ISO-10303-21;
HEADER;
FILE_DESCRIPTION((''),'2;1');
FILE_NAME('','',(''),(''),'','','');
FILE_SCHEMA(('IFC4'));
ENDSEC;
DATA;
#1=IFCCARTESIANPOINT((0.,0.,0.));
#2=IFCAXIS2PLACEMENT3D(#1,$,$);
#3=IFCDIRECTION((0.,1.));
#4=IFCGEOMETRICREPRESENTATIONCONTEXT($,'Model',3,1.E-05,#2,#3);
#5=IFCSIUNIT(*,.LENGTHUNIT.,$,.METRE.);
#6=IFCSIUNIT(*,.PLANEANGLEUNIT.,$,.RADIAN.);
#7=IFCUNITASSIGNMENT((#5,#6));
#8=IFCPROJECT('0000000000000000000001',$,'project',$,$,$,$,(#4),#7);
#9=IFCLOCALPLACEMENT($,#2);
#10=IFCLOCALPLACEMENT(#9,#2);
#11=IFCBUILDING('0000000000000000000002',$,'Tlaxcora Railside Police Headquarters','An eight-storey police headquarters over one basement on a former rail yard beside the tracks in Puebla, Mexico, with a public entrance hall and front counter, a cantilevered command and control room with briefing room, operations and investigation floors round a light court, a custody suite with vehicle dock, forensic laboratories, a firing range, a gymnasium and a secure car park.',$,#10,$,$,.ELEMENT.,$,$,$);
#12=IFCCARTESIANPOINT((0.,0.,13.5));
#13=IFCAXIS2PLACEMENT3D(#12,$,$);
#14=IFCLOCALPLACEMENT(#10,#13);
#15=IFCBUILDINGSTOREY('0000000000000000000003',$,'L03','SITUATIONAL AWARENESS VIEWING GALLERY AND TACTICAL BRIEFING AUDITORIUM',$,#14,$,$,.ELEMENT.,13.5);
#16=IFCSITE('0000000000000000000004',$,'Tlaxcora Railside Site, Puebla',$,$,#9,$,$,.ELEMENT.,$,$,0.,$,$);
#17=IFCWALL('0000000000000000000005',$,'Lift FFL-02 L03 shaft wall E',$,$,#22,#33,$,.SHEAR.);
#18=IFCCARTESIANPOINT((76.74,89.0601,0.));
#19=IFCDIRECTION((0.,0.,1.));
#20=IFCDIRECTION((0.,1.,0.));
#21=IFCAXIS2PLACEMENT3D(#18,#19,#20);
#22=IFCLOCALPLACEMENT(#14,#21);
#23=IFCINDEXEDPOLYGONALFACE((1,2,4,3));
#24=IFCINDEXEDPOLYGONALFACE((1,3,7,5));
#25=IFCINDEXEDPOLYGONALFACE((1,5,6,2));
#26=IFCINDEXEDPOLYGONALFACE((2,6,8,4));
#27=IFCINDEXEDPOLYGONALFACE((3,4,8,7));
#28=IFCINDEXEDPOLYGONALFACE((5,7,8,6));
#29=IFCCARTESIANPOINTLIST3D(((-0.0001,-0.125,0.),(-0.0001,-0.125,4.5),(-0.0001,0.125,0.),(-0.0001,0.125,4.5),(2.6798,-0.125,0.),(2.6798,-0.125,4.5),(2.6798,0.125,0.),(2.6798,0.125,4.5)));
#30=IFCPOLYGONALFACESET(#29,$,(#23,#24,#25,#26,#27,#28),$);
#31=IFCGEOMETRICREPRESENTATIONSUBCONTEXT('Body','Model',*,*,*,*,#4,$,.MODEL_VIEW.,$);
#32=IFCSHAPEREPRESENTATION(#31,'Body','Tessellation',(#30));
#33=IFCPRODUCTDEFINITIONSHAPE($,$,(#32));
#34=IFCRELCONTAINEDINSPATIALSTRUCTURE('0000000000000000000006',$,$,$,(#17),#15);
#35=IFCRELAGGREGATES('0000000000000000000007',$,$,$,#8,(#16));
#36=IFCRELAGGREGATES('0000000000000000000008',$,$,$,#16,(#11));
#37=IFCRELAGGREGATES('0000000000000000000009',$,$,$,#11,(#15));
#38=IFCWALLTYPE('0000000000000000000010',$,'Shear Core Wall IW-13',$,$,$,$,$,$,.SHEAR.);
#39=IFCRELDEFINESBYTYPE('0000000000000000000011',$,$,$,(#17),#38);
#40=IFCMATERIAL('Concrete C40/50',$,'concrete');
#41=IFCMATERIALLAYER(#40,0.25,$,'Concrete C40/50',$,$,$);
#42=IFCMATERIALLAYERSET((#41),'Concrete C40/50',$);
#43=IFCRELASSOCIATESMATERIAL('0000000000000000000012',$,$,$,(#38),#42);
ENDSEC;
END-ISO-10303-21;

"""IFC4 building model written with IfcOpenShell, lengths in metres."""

from ifc_helpers import new_model, si_unit, direction, frame, frame_2d, origin, place, context, subcontext, project, spatial, rectangle, extrude, material, layer, layer_set, type_object, element, save


model = new_model("IFC4")

# Units and contexts
model_context = context("Model", 3, precision=1e-05, world=origin(), true_north=direction((0.0, 1.0)))
body_context = subcontext(model_context, "Body", "Model", "MODEL_VIEW")
ifc_project = project(units=[si_unit("LENGTHUNIT", "METRE"), si_unit("PLANEANGLEUNIT", "RADIAN")], contexts=[model_context])

# Site, building, storey
site_placement = place(None, origin())
site = spatial("IfcSite", under=ifc_project, at=site_placement, Name="Tlaxcora Railside Site, Puebla", CompositionType="ELEMENT", RefElevation=0.0)
building_placement = place(site_placement, origin())
building = spatial("IfcBuilding", under=site, at=building_placement, Name="Tlaxcora Railside Police Headquarters", Description="An eight-storey police headquarters over one basement on a former rail yard beside the tracks in Puebla, Mexico, with a public entrance hall and front counter, a cantilevered command and control room with briefing room, operations and investigation floors round a light court, a custody suite with vehicle dock, forensic laboratories, a firing range, a gymnasium and a secure car park.", CompositionType="ELEMENT")
storey_placement = place(building_placement, frame((0.0, 0.0, 13.5)))
storey = spatial("IfcBuildingStorey", under=building, at=storey_placement, Name="L03", Description="SITUATIONAL AWARENESS VIEWING GALLERY AND TACTICAL BRIEFING AUDITORIUM", CompositionType="ELEMENT", Elevation=13.5)

# Shared definitions
ifc_material_1 = material(Name="Concrete C40/50", Category="concrete")

# Wall
ifc_layer_1 = layer(ifc_material_1, 0.25, Name="Concrete C40/50")
ifc_layer_set_1 = layer_set([ifc_layer_1], Name="Concrete C40/50")
wall_type_1 = type_object("IfcWallType", Name="Shear Core Wall IW-13", PredefinedType="SHEAR", material=ifc_layer_set_1)
wall_1_placement = place(storey_placement, frame((76.74, 89.0601, 0.0), z_axis=(0.0, 0.0, 1.0), x_axis=(0.0, 1.0, 0.0)))
element("IfcWall", 1, at=wall_1_placement, inside=storey, type_object=wall_type_1, Name="Lift FFL-02 L03 shaft wall E", PredefinedType="SHEAR", context=body_context, shape_type="SweptSolid", body=[
    extrude(rectangle(XDim=2.6799, YDim=0.25, at=frame_2d((1.3398, 0.0))), origin(), (0.0, 0.0, 1.0), 4.5),
])

save(model, "model.ifc")
